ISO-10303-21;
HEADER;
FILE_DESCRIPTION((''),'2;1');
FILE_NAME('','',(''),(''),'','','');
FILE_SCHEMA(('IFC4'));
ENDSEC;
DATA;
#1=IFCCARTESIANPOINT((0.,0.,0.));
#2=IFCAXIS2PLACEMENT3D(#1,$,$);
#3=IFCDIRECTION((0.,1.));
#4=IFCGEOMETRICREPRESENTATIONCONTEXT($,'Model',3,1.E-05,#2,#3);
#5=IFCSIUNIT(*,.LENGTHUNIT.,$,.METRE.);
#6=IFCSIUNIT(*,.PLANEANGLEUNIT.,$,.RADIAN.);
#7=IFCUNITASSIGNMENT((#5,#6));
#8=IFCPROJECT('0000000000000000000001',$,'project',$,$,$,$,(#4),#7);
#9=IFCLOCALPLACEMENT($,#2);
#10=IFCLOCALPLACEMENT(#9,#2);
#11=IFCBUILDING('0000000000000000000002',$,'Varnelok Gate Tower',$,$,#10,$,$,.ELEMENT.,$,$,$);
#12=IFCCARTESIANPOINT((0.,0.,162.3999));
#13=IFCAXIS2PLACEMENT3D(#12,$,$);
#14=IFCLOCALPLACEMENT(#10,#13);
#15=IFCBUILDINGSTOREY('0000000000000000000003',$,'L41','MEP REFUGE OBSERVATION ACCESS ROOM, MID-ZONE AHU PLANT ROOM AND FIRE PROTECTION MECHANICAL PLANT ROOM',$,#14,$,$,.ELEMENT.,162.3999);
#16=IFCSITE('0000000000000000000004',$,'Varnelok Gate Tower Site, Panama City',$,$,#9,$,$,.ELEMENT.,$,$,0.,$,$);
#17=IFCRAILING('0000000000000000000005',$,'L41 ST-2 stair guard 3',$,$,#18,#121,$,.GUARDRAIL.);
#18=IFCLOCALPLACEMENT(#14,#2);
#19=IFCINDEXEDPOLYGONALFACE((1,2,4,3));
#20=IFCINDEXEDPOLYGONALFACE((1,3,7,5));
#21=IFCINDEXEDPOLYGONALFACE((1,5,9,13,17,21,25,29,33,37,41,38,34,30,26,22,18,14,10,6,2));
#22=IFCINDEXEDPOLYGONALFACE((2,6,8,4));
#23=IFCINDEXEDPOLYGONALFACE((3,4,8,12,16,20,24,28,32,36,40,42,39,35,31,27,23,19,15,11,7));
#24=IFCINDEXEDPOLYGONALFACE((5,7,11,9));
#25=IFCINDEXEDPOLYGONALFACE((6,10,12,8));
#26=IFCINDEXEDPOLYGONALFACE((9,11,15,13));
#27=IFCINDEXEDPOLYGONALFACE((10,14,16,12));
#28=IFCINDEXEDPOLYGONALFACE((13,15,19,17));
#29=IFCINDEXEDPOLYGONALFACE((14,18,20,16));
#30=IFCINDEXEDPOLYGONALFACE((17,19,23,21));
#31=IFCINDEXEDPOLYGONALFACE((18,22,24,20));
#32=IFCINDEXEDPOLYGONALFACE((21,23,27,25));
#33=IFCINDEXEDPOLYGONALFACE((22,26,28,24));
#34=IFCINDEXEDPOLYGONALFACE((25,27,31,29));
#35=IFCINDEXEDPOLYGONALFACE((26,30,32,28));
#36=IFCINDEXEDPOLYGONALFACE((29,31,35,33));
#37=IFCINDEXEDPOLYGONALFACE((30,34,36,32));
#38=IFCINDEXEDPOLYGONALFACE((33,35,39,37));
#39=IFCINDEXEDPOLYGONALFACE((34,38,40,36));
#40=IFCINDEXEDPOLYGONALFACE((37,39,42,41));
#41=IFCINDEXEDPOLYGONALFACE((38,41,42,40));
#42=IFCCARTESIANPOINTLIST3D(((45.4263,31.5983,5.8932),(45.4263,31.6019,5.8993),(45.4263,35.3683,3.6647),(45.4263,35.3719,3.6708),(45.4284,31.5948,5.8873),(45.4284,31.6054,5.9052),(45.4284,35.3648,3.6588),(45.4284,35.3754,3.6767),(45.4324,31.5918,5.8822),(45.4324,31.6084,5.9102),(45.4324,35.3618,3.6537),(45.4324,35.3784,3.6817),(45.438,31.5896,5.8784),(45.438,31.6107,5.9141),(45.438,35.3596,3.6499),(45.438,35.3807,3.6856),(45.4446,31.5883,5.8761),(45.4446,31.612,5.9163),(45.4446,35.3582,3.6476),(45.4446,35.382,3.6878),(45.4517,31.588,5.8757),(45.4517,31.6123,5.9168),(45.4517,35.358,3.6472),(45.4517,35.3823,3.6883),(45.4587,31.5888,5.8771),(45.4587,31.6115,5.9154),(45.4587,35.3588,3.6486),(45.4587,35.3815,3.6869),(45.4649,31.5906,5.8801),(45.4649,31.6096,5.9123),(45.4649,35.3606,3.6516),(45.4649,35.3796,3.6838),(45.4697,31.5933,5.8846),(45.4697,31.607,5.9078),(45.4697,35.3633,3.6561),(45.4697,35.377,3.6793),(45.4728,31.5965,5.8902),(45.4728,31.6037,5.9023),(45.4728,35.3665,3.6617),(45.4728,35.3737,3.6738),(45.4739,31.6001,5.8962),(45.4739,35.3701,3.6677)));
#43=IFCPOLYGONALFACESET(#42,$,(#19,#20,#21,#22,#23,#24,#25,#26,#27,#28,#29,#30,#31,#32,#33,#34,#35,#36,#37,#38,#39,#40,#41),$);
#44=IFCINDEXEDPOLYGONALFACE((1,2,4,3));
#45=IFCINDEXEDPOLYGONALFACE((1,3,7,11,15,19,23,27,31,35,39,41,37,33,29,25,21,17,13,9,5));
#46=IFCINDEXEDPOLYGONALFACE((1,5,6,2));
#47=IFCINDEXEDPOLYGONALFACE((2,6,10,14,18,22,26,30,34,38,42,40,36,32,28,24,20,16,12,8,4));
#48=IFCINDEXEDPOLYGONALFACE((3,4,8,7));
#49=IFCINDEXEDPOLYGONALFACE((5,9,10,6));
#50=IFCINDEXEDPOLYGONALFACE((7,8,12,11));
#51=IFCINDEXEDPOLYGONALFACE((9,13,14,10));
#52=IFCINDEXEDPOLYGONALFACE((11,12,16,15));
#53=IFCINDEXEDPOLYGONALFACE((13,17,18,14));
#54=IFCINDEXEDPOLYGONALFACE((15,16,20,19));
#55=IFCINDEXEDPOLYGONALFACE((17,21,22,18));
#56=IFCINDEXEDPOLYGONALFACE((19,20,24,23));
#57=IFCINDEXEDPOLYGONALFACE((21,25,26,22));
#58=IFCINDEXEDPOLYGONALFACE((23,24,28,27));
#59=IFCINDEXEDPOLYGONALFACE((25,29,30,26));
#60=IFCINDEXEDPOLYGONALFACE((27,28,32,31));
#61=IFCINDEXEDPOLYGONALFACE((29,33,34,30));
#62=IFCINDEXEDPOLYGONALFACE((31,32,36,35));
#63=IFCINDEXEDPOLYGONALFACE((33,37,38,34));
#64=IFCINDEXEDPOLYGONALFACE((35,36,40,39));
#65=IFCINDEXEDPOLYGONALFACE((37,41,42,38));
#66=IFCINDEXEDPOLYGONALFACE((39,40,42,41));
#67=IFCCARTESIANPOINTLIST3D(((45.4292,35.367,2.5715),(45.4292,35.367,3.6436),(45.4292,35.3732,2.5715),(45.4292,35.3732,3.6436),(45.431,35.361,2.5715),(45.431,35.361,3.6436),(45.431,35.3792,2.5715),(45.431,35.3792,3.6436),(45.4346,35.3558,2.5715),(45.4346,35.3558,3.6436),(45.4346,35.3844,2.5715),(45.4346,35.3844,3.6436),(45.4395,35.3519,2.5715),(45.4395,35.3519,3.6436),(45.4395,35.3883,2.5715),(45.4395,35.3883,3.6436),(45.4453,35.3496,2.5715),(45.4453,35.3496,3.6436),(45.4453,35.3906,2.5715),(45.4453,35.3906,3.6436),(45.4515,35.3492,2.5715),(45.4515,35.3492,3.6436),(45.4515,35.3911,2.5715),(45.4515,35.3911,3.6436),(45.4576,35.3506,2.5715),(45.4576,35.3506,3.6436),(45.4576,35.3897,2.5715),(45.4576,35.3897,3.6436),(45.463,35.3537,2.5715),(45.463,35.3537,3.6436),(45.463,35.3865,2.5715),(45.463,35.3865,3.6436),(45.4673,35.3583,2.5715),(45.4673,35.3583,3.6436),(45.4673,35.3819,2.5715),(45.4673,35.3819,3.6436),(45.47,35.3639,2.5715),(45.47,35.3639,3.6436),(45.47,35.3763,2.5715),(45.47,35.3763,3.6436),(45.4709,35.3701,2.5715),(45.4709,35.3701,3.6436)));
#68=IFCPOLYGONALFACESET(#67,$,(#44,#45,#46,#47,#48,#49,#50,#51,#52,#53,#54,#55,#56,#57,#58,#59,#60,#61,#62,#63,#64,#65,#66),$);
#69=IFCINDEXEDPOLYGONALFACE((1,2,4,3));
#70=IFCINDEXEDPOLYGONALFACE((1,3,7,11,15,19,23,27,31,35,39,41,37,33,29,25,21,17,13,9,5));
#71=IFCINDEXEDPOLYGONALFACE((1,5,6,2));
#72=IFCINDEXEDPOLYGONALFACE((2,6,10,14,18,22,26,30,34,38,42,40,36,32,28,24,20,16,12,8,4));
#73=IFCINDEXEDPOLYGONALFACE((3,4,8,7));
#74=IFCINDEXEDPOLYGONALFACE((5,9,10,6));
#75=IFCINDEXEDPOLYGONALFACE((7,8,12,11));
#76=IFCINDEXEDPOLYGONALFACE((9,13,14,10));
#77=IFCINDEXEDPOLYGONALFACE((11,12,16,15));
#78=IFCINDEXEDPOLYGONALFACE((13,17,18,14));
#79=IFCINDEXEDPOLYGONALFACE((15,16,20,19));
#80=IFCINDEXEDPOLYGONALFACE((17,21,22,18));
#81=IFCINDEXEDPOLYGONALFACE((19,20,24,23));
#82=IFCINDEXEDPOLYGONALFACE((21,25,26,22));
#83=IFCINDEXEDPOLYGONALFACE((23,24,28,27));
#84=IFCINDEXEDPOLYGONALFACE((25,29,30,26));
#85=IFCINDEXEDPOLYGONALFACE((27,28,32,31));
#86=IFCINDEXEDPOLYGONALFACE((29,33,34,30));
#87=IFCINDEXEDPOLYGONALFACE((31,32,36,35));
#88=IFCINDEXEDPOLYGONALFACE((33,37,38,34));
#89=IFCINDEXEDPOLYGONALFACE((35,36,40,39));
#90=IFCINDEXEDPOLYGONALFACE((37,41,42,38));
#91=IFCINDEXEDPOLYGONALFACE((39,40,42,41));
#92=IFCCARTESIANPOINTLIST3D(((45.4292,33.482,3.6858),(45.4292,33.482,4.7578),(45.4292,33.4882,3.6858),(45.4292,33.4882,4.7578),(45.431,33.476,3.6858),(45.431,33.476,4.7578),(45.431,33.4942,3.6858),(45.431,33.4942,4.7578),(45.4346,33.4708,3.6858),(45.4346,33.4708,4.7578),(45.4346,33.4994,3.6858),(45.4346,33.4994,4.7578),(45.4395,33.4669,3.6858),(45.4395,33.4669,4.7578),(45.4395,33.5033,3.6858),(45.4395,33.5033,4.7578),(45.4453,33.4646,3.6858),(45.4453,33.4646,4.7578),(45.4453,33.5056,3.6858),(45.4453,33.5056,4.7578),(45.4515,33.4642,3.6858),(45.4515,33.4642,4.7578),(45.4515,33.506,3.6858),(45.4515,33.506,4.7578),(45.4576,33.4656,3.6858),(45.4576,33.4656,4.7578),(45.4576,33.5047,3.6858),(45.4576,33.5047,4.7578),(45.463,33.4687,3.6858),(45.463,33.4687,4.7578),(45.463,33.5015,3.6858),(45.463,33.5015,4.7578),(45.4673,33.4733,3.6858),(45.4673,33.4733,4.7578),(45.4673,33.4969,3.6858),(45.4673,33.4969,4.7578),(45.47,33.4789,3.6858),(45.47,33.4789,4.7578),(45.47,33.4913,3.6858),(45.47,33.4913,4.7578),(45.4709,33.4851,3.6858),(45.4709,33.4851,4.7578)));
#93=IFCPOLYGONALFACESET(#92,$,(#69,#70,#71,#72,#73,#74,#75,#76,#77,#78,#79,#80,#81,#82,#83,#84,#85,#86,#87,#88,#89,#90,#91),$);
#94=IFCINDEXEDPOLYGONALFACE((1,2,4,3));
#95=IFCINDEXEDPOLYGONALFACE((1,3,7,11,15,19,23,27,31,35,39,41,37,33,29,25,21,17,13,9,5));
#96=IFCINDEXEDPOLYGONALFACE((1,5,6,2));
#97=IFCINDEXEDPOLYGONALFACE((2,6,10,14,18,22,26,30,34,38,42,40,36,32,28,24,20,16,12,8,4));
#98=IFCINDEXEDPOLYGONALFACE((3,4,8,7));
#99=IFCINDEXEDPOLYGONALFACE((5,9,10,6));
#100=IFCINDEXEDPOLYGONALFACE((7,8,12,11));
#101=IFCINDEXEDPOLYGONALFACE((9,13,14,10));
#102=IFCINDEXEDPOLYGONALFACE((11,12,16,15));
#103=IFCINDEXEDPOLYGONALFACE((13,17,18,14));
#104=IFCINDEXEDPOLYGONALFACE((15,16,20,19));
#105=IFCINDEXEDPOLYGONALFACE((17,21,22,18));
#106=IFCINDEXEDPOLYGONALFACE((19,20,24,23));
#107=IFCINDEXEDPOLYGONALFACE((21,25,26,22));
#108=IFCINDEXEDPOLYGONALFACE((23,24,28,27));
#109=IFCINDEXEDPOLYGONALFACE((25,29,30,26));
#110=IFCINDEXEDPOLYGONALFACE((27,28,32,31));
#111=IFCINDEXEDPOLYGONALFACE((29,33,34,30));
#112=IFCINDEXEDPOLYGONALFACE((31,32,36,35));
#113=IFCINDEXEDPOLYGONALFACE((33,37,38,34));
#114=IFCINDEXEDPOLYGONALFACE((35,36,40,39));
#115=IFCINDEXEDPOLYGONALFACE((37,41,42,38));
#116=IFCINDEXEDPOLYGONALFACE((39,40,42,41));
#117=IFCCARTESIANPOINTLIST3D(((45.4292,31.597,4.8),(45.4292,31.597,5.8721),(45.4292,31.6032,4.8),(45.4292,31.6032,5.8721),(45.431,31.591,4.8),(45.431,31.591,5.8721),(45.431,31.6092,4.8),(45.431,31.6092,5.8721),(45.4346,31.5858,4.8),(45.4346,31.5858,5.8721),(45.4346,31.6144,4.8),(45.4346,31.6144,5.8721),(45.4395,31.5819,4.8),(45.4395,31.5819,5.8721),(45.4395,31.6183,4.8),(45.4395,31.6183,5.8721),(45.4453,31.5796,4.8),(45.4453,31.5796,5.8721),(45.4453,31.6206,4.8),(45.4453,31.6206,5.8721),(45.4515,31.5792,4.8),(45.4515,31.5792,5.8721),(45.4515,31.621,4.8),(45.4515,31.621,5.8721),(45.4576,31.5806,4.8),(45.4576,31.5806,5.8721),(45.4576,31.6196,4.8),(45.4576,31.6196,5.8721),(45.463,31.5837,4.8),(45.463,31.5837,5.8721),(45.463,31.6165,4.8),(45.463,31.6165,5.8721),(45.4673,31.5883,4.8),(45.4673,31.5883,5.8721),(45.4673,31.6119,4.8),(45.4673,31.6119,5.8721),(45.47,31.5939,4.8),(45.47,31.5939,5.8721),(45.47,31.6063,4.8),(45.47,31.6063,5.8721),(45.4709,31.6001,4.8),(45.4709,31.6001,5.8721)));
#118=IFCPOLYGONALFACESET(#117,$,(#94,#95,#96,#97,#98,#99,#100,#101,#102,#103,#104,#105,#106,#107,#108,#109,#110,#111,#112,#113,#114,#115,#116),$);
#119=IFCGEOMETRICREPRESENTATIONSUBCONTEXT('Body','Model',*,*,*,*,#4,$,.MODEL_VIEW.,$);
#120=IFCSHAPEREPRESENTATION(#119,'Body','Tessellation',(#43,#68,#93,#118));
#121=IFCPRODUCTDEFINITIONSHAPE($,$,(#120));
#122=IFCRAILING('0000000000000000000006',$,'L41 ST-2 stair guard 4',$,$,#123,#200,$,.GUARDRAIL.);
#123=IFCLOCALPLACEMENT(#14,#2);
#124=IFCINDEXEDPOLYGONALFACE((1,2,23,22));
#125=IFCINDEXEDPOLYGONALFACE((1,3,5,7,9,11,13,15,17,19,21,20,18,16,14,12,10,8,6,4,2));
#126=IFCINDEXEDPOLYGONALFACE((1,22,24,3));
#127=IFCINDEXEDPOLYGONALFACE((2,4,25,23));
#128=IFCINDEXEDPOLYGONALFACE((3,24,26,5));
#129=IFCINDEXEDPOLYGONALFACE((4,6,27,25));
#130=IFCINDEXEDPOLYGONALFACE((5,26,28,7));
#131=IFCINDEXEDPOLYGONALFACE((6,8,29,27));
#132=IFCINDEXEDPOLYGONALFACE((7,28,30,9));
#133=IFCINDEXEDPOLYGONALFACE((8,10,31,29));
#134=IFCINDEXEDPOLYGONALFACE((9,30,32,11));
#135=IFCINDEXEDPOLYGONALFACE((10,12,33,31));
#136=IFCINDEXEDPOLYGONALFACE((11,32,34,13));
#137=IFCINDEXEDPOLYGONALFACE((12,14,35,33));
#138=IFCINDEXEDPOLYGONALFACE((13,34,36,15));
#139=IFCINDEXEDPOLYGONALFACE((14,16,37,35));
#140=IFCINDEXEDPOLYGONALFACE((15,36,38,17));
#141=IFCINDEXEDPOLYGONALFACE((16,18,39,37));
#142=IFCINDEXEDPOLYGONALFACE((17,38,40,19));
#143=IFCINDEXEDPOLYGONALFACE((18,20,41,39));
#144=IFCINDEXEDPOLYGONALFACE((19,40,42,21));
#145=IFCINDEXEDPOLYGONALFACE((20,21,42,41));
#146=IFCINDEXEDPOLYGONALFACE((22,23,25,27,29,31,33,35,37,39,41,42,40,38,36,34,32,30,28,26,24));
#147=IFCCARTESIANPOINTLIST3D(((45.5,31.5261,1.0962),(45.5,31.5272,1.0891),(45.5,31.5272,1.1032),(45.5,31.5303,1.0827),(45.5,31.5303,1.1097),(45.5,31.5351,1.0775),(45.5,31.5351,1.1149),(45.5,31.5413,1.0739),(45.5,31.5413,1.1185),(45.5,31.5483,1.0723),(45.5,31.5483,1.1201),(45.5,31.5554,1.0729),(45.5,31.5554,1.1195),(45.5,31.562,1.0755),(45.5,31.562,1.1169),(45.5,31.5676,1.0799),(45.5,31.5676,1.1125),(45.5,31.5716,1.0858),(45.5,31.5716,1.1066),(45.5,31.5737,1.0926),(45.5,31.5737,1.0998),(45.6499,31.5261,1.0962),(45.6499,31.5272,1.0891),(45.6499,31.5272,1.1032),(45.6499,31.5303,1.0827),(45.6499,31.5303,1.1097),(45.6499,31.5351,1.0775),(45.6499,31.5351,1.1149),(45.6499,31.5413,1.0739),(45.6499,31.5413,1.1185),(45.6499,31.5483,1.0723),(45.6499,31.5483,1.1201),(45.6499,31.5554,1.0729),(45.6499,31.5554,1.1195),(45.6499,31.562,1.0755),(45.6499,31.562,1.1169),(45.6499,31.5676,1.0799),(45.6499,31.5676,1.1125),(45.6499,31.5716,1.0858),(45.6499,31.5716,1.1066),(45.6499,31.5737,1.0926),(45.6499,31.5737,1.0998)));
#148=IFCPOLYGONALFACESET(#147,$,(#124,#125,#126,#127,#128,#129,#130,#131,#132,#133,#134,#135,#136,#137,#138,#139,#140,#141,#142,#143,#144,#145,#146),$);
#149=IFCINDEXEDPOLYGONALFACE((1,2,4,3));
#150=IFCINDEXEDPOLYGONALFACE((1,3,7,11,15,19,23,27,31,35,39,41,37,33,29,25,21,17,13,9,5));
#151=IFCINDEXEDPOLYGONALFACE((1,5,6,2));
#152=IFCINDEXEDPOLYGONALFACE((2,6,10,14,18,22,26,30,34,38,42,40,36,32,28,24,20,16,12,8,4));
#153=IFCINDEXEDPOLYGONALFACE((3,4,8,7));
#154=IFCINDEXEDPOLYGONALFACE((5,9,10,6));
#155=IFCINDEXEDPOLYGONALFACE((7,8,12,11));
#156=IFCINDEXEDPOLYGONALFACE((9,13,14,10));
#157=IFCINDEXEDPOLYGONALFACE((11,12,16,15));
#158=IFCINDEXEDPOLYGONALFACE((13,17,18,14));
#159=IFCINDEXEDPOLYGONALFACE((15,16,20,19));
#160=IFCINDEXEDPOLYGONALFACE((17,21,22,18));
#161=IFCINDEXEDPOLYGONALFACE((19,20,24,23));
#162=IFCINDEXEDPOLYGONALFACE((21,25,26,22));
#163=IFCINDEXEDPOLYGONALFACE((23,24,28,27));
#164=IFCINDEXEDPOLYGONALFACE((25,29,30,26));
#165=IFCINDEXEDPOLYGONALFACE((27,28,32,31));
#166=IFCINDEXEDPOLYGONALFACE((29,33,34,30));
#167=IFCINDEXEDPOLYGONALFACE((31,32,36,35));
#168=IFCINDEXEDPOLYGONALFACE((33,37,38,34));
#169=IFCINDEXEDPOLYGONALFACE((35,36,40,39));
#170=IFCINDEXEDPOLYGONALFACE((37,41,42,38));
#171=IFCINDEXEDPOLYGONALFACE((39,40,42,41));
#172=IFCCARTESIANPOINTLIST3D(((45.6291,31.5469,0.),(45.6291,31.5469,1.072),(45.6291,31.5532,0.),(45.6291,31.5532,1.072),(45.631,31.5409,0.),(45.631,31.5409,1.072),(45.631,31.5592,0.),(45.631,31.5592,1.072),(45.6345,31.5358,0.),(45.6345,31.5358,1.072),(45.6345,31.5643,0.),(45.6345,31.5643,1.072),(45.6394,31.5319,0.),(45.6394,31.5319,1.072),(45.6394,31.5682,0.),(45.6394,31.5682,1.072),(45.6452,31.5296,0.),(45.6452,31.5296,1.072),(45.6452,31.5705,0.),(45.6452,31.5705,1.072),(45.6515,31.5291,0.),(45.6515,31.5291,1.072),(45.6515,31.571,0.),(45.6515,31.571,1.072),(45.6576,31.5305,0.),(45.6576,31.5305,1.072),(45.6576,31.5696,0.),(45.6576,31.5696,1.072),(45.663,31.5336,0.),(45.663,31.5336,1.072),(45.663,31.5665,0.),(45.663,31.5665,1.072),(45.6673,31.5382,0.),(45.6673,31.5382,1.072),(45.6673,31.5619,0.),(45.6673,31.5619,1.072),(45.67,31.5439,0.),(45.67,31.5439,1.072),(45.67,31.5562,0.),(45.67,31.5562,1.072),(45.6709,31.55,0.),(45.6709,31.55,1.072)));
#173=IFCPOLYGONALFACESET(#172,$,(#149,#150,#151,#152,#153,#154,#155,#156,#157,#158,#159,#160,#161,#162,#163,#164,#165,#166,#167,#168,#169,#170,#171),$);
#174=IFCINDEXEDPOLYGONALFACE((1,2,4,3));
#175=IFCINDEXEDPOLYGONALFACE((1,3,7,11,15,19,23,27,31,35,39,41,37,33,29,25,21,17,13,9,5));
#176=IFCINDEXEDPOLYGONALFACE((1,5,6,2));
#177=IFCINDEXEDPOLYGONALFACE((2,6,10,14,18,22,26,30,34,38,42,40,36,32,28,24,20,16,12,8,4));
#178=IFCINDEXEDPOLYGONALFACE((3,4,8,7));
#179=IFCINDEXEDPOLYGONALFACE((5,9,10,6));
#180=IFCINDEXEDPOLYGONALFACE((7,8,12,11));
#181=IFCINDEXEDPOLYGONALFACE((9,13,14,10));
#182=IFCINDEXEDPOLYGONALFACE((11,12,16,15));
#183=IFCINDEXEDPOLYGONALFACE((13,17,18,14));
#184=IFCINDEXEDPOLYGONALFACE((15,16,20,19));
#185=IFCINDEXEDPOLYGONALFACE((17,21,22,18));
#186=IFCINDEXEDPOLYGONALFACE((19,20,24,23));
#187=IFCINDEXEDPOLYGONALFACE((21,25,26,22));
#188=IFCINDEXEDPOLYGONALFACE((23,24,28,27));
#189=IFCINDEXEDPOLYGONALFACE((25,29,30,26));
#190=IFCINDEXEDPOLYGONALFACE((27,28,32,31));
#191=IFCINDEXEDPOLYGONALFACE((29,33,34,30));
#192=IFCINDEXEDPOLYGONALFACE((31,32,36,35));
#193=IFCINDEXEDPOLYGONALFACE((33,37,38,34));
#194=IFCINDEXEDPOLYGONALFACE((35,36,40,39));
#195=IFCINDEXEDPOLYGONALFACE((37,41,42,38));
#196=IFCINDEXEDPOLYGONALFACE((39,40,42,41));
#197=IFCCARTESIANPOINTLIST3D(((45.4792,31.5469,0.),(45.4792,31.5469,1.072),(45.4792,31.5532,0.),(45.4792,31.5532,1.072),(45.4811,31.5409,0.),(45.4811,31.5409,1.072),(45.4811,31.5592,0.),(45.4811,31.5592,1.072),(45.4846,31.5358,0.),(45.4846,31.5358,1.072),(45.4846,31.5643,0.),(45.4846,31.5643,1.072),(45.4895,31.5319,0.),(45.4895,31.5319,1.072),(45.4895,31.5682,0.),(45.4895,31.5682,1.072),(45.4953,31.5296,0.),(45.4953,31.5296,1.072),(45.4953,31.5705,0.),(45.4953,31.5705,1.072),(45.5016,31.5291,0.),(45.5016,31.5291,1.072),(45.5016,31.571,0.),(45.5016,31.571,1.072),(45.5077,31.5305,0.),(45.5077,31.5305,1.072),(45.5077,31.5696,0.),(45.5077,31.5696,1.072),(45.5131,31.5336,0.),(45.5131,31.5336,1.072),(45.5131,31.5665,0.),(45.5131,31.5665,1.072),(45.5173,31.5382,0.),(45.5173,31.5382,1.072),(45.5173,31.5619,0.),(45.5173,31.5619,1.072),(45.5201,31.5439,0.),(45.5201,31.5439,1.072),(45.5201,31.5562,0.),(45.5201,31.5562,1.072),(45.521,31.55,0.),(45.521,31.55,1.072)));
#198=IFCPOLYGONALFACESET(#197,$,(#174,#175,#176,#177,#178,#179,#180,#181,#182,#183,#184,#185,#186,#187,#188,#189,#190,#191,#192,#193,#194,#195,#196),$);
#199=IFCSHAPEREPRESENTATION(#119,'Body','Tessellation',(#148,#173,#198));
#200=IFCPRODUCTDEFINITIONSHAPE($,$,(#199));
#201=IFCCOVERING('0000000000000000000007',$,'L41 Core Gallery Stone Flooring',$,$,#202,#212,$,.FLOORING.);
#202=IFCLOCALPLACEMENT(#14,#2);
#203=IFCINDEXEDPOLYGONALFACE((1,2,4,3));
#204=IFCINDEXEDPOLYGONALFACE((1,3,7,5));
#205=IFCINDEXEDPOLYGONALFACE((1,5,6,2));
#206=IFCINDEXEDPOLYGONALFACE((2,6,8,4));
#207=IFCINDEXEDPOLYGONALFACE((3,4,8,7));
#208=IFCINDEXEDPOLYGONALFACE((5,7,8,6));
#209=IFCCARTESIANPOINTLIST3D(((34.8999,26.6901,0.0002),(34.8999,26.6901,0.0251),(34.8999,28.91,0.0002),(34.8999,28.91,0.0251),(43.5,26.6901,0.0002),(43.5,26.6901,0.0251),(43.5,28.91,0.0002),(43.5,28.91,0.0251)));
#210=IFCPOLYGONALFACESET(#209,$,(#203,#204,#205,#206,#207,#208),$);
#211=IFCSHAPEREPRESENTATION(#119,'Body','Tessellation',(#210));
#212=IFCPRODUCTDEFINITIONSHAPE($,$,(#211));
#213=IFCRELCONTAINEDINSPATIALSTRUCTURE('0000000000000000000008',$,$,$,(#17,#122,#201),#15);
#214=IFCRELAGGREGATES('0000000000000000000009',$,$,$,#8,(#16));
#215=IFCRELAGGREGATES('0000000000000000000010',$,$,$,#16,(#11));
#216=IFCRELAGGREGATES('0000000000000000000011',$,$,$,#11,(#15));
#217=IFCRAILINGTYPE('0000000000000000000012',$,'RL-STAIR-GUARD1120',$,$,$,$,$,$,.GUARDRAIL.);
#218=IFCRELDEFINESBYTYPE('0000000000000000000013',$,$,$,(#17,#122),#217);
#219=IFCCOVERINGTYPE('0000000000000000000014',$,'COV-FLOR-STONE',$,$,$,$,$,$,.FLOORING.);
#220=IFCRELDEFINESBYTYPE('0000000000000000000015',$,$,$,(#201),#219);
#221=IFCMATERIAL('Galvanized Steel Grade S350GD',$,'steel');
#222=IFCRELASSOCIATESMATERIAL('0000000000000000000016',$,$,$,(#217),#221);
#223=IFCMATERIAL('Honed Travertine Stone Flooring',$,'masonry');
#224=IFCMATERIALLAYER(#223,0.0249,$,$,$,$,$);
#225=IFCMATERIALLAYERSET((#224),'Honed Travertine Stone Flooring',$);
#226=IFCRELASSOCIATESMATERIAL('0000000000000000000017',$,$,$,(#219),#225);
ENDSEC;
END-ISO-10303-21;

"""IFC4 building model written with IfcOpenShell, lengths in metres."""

from ifc_helpers import new_model, si_unit, direction, frame, origin, origin_2d, place, context, subcontext, project, spatial, rectangle, circle, extrude, source, transform, mapped, material, layer, layer_set, type_object, element, save


model = new_model("IFC4")

# Units and contexts
model_context = context("Model", 3, precision=1e-05, world=origin(), true_north=direction((0.0, 1.0)))
body_context = subcontext(model_context, "Body", "Model", "MODEL_VIEW")
ifc_project = project(units=[si_unit("LENGTHUNIT", "METRE"), si_unit("PLANEANGLEUNIT", "RADIAN")], contexts=[model_context])

# Site, building, storey
site_placement = place(None, origin())
site = spatial("IfcSite", under=ifc_project, at=site_placement, Name="Varnelok Gate Tower Site, Panama City", CompositionType="ELEMENT", RefElevation=0.0)
building_placement = place(site_placement, origin())
building = spatial("IfcBuilding", under=site, at=building_placement, Name="Varnelok Gate Tower", CompositionType="ELEMENT")
storey_placement = place(building_placement, frame((0.0, 0.0, 162.3999)))
storey = spatial("IfcBuildingStorey", under=building, at=storey_placement, Name="L41", Description="MEP REFUGE OBSERVATION ACCESS ROOM, MID-ZONE AHU PLANT ROOM AND FIRE PROTECTION MECHANICAL PLANT ROOM", CompositionType="ELEMENT", Elevation=162.3999)

# Shared definitions
ifc_material_1 = material(Name="Galvanized Steel Grade S350GD", Category="steel")

# Railings
railing_type_1 = type_object("IfcRailingType", Name="RL-STAIR-GUARD1120", PredefinedType="GUARDRAIL", material=ifc_material_1)
railing_1_placement = place(storey_placement, frame((45.45, 35.3701, 2.5715)))
element("IfcRailing", 1, at=railing_1_placement, inside=storey, type_object=railing_type_1, Name="L41 ST-2 stair guard 3", PredefinedType="GUARDRAIL", context=body_context, shape_type="SweptSolid", body=[
    extrude(circle(Radius=0.0239, at=origin_2d()), frame((0.0, 0.0, 1.0962), z_axis=(0.0, -0.860849, 0.508861), x_axis=(1.0, 0.0, 0.0)), (0.0, 0.0, 1.0), 4.3794),
    extrude(circle(Radius=0.021, at=origin_2d()), origin(), (0.0, 0.0, 1.0), 1.072),
    extrude(circle(Radius=0.021, at=origin_2d()), frame((0.0, -1.885, 1.1143)), (0.0, 0.0, 1.0), 1.072),
    extrude(circle(Radius=0.021, at=origin_2d()), frame((0.0, -3.77, 2.2285)), (0.0, 0.0, 1.0), 1.072),
])
railing_2_placement = place(storey_placement, frame((45.6499, 31.55, 0.0)))
element("IfcRailing", 2, at=railing_2_placement, inside=storey, type_object=railing_type_1, Name="L41 ST-2 stair guard 4", PredefinedType="GUARDRAIL", context=body_context, shape_type="SweptSolid", body=[
    extrude(circle(Radius=0.0239, at=origin_2d()), frame((0.0, 0.0, 1.0962), z_axis=(-1.0, 0.0, 0.0), x_axis=(0.0, -1.0, 0.0)), (0.0, 0.0, 1.0), 0.1499),
    extrude(circle(Radius=0.021, at=origin_2d()), origin(), (0.0, 0.0, 1.0), 1.072),
    extrude(circle(Radius=0.021, at=origin_2d()), frame((-0.1499, 0.0, 0.0)), (0.0, 0.0, 1.0), 1.072),
])

# Covering
ifc_material_2 = material(Name="Honed Travertine Stone Flooring", Category="masonry")
ifc_layer_1 = layer(ifc_material_2, 0.0249)
ifc_layer_set_1 = layer_set([ifc_layer_1], Name="Honed Travertine Stone Flooring")
covering_type_1 = type_object("IfcCoveringType", Name="COV-FLOR-STONE", PredefinedType="FLOORING", material=ifc_layer_set_1)
shared_shape_1 = source(origin(), body_context, "Body", "SweptSolid", [
    extrude(rectangle(XDim=8.6001, YDim=2.22, at=origin_2d()), origin(), (0.0, 0.0, 1.0), 0.0249),
])
covering_1_placement = place(storey_placement, frame((39.2, 27.8, 0.0002), z_axis=(0.0, 0.0, 1.0), x_axis=(1.0, 0.0, 0.0)))
element("IfcCovering", 3, at=covering_1_placement, inside=storey, type_object=covering_type_1, Name="L41 Core Gallery Stone Flooring", PredefinedType="FLOORING", context=body_context, shape_type="MappedRepresentation", body=[
    mapped(shared_shape_1, transform((0.0, 0.0, 0.0), scale=1.0)),
])

save(model, "model.ifc")
